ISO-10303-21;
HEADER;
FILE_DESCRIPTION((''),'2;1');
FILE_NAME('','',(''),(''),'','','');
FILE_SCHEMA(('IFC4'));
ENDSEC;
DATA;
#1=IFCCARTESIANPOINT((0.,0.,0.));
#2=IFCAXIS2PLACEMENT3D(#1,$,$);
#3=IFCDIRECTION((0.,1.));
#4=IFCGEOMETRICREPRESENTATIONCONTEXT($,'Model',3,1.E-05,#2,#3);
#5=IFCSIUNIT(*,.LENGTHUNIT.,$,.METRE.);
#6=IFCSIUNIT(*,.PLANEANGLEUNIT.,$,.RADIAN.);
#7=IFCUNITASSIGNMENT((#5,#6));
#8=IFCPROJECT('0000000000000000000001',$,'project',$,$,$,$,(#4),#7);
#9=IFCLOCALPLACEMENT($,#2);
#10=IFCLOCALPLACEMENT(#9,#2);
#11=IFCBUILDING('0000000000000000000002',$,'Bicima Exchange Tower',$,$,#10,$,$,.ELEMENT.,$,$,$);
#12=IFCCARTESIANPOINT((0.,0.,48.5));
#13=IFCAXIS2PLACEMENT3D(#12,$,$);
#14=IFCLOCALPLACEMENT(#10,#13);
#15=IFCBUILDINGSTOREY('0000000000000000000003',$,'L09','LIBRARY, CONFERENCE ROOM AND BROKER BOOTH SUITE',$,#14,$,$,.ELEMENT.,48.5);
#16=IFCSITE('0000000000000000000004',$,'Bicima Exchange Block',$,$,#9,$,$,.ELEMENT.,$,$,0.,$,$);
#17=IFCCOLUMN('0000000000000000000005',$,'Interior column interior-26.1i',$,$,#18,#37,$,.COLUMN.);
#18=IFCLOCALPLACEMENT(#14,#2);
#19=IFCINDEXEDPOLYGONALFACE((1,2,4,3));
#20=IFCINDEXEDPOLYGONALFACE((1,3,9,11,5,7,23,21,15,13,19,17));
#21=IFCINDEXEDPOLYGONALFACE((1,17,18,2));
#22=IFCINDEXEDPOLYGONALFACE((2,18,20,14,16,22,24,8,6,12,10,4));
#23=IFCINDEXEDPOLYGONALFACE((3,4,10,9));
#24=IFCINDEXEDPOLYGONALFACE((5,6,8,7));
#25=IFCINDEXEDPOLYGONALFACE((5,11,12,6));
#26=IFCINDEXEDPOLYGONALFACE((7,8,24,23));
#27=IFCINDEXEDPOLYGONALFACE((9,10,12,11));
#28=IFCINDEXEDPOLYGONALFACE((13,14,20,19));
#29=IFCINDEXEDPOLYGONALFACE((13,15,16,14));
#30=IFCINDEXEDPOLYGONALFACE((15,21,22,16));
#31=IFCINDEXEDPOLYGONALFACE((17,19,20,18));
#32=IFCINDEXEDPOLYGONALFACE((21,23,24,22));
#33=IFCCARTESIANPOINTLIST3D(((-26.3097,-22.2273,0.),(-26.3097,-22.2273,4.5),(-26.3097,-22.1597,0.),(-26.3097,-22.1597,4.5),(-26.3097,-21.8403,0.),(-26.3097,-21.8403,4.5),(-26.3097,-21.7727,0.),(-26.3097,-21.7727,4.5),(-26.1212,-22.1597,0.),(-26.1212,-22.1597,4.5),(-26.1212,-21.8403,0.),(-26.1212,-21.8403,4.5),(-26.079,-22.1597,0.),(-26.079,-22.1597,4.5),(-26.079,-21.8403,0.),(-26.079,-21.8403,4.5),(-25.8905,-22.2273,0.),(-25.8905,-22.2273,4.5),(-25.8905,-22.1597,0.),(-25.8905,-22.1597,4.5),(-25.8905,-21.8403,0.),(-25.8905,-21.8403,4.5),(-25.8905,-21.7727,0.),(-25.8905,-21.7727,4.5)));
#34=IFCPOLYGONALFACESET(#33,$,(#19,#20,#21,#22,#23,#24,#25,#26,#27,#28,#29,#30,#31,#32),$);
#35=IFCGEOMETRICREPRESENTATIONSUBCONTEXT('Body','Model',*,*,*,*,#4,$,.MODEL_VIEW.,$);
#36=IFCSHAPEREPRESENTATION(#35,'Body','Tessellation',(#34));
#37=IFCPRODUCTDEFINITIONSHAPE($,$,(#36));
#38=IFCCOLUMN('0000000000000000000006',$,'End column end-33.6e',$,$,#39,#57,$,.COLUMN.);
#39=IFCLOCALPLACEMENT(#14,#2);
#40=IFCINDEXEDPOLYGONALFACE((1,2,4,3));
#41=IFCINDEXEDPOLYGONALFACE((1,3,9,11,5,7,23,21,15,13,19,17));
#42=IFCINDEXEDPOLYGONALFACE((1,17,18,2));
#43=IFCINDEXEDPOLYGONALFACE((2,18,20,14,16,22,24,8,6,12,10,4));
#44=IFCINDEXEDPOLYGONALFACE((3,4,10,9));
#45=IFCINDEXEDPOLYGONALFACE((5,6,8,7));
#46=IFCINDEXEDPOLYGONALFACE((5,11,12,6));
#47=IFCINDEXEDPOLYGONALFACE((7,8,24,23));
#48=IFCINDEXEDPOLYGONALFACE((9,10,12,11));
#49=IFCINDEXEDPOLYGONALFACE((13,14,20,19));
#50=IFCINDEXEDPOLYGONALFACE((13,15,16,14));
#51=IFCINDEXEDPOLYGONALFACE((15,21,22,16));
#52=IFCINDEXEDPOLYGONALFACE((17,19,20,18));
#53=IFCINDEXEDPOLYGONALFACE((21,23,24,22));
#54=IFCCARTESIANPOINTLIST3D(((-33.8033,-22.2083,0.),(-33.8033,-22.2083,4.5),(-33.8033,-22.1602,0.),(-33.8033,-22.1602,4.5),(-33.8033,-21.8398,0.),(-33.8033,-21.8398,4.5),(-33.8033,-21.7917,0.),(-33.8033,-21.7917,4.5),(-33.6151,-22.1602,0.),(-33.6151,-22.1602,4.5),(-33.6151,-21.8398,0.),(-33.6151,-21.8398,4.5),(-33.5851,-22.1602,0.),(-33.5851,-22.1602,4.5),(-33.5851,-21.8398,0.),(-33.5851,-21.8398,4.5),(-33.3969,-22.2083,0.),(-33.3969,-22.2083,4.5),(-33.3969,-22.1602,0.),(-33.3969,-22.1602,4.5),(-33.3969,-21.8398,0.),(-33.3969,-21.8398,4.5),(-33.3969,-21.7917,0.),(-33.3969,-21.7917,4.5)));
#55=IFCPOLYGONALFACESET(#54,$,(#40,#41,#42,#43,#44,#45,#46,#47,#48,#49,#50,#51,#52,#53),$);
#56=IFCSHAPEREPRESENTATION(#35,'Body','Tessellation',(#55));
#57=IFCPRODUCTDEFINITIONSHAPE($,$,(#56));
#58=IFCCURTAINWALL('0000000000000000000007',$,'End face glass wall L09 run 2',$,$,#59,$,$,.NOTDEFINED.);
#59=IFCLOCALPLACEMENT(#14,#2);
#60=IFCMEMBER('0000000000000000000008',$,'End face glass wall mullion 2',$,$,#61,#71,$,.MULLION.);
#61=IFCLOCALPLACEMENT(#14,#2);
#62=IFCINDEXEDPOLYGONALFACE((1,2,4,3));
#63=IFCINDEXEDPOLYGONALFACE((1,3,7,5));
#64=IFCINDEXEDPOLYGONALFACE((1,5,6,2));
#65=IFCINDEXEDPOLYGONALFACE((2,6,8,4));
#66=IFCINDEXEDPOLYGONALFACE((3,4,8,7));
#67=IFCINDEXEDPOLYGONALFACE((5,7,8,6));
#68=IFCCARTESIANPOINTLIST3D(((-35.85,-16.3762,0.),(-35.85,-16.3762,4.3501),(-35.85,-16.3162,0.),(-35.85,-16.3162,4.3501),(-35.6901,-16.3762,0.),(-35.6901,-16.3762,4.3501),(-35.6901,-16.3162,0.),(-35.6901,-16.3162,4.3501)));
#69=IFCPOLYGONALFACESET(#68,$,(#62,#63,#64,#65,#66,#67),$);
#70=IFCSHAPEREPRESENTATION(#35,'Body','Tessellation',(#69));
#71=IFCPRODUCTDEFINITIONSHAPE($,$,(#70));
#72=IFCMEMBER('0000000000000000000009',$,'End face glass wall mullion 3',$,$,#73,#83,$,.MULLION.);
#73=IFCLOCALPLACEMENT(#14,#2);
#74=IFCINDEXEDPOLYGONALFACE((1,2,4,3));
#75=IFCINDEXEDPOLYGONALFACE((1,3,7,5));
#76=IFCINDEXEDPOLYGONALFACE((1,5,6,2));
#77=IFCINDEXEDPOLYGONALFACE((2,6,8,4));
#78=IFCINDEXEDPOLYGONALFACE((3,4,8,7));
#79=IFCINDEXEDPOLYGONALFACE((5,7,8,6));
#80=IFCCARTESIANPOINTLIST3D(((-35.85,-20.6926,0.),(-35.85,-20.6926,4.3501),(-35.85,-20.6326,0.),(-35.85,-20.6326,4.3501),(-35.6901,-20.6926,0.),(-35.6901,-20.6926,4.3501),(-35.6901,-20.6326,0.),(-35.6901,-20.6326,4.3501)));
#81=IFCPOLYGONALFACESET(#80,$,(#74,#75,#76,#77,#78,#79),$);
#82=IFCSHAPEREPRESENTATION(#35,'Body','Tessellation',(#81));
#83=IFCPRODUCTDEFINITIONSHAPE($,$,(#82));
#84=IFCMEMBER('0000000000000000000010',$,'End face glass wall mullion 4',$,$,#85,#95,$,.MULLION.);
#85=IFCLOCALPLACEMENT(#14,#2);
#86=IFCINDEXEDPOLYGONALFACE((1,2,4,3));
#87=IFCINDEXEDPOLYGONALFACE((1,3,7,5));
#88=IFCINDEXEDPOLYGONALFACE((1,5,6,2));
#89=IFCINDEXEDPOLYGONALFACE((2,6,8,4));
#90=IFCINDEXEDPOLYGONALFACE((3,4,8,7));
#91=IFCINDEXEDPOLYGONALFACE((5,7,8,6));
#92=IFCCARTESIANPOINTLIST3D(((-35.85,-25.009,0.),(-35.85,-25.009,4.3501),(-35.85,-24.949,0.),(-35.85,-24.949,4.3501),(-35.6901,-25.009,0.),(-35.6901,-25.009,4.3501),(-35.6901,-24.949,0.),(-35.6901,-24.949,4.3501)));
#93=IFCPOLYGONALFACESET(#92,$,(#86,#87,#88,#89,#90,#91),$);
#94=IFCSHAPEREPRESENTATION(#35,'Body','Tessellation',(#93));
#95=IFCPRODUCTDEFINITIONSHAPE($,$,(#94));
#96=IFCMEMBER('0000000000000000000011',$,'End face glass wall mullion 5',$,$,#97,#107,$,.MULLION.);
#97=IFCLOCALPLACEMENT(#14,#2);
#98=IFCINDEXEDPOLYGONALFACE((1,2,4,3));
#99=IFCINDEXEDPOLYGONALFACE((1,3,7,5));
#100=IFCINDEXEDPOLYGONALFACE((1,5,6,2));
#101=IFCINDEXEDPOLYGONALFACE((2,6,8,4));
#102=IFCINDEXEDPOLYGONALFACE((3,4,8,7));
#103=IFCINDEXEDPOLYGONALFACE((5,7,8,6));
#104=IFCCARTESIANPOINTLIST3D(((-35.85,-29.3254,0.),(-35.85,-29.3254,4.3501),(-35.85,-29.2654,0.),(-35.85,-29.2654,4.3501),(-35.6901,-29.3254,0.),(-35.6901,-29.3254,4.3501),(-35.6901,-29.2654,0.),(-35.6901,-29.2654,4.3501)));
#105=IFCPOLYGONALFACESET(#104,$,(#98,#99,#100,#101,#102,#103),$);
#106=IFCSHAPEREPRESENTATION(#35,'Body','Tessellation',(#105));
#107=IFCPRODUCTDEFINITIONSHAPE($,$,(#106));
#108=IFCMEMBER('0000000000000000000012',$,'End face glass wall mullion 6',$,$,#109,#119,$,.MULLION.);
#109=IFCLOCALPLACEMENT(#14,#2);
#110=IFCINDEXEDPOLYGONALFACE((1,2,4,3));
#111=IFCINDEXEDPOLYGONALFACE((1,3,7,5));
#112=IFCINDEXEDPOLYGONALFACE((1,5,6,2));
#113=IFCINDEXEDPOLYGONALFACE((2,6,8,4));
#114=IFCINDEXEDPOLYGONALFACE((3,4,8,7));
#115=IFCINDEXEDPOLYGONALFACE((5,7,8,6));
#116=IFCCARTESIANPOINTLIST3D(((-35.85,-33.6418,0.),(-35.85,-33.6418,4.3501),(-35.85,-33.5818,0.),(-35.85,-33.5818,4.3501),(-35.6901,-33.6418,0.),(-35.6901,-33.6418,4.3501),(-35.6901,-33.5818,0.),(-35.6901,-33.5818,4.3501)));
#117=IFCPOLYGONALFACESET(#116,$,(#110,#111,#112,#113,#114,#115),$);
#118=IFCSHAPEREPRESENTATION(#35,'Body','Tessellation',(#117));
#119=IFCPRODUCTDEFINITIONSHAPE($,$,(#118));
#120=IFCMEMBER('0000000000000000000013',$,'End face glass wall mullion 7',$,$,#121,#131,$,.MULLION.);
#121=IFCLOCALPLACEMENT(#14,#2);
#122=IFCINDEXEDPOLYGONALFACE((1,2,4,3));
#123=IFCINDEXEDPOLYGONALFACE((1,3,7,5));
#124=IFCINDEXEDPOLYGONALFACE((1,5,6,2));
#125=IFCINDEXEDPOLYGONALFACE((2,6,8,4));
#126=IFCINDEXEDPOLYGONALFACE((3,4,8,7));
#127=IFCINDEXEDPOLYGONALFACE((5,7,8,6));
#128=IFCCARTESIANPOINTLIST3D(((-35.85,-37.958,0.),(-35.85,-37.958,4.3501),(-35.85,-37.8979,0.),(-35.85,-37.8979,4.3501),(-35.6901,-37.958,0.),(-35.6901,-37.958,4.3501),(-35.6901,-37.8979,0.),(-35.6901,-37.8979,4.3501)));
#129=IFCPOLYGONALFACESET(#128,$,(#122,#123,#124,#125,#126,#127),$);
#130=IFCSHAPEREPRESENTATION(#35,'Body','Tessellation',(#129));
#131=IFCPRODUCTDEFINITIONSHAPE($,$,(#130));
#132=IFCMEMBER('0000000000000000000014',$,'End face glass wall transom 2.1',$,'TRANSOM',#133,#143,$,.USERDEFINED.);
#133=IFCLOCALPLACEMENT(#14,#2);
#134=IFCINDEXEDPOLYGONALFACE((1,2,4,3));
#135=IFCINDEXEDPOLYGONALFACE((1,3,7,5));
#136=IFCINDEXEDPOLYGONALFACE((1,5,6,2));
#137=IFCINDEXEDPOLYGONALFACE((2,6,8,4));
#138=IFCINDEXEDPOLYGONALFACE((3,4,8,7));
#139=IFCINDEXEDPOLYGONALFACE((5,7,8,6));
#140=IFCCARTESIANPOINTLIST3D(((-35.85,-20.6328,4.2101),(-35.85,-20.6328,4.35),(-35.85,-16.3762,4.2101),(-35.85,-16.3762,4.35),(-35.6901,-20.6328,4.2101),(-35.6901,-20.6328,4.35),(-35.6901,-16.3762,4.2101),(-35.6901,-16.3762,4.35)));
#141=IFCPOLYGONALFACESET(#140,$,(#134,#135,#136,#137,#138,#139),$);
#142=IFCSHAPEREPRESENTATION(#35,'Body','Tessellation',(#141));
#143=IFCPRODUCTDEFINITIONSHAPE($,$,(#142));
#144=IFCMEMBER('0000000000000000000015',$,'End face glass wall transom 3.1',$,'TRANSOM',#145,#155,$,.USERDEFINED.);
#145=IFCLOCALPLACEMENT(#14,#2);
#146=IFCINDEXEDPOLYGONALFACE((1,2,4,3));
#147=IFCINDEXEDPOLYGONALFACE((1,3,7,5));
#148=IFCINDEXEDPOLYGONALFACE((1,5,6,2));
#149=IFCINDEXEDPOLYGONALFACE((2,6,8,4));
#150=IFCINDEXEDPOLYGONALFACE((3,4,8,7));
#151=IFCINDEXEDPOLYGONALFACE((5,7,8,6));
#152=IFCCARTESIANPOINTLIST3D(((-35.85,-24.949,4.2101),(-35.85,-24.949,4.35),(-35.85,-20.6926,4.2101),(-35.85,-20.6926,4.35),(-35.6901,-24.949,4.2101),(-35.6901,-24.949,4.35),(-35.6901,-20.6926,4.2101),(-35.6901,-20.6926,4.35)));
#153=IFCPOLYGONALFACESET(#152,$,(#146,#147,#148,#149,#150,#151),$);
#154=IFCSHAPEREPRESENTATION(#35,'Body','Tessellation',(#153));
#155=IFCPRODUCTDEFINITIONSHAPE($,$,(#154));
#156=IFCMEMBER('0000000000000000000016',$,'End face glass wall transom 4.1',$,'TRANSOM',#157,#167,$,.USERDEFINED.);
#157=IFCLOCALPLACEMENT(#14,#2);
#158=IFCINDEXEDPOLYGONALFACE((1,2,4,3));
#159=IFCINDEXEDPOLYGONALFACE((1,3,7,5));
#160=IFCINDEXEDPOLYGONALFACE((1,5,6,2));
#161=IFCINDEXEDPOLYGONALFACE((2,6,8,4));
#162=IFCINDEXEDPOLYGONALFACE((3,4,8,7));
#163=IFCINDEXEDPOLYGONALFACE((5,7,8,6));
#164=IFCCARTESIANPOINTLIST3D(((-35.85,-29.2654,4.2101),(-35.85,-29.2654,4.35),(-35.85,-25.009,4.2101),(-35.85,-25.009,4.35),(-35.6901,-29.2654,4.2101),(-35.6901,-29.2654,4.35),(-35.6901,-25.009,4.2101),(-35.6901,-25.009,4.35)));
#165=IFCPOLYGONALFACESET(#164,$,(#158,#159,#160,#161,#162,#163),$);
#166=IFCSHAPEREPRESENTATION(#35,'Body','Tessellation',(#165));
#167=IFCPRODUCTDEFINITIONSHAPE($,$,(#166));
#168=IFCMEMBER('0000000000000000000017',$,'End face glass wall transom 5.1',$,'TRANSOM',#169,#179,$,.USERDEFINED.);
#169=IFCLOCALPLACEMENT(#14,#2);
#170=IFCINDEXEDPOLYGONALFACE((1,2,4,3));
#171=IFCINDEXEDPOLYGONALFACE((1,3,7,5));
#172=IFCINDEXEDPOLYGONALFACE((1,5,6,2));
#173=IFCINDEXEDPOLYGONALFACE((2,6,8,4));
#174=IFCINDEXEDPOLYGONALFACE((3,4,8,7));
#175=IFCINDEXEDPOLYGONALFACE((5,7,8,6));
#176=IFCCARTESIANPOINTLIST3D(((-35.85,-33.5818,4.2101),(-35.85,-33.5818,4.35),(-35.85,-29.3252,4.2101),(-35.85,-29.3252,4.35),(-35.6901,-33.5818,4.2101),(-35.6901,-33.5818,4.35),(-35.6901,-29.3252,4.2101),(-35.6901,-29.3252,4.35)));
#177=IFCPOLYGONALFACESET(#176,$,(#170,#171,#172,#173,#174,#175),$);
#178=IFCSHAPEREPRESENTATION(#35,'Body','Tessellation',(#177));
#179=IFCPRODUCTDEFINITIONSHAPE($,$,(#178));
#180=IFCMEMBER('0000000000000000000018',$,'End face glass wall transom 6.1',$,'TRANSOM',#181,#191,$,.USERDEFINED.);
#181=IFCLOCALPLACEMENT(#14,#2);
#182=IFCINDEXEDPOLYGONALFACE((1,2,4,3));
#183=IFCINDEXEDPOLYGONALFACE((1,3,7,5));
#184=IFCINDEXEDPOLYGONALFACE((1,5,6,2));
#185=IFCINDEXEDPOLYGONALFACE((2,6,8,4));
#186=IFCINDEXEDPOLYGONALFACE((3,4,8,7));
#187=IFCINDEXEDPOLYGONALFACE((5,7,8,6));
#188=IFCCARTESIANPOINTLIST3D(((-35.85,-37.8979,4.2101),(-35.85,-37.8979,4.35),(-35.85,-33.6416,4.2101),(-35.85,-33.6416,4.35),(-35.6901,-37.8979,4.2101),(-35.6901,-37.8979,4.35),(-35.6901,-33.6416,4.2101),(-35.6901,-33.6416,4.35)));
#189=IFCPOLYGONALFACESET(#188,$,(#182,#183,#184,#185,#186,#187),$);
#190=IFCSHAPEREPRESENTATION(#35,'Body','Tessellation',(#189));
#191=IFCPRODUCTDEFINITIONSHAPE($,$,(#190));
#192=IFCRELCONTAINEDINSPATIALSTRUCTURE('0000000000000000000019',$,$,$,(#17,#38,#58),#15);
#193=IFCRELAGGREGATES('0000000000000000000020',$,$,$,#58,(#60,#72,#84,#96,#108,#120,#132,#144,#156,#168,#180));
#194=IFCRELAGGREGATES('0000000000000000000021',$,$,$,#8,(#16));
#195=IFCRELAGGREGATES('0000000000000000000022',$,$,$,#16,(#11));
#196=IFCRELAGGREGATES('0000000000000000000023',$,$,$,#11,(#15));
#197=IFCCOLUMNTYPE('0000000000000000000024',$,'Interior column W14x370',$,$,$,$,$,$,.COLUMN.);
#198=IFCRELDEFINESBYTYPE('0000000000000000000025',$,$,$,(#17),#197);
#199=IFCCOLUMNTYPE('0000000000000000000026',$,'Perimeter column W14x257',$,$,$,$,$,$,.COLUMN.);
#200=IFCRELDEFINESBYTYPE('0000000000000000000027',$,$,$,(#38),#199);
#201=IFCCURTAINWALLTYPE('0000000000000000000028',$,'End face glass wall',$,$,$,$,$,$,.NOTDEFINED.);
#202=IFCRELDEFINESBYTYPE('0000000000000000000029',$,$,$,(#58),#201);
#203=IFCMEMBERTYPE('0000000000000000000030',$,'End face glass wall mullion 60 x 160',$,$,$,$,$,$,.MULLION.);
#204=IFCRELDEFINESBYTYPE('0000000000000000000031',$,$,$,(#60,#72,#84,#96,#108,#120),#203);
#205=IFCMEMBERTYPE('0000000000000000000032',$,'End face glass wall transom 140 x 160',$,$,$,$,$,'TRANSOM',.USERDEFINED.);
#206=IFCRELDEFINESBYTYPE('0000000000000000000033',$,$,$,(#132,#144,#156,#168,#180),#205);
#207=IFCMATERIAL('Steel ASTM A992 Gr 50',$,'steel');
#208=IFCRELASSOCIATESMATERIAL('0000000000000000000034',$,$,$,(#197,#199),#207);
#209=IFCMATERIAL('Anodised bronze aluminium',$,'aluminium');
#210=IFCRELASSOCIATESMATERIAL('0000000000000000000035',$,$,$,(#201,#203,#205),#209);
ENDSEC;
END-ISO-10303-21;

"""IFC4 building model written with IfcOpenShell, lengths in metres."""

from ifc_helpers import new_model, si_unit, direction, frame, origin, origin_2d, place, context, subcontext, project, spatial, rectangle, i_section, extrude, material, material_profile, profile_set, type_object, element, aggregate, save


model = new_model("IFC4")

# Units and contexts
model_context = context("Model", 3, precision=1e-05, world=origin(), true_north=direction((0.0, 1.0)))
body_context = subcontext(model_context, "Body", "Model", "MODEL_VIEW")
ifc_project = project(units=[si_unit("LENGTHUNIT", "METRE"), si_unit("PLANEANGLEUNIT", "RADIAN")], contexts=[model_context])

# Site, building, storey
site_placement = place(None, origin())
site = spatial("IfcSite", under=ifc_project, at=site_placement, Name="Bicima Exchange Block", CompositionType="ELEMENT", RefElevation=0.0)
building_placement = place(site_placement, origin())
building = spatial("IfcBuilding", under=site, at=building_placement, Name="Bicima Exchange Tower", CompositionType="ELEMENT")
storey_placement = place(building_placement, frame((0.0, 0.0, 48.5)))
storey = spatial("IfcBuildingStorey", under=building, at=storey_placement, Name="L09", Description="LIBRARY, CONFERENCE ROOM AND BROKER BOOTH SUITE", CompositionType="ELEMENT", Elevation=48.5)

# Columns
ifc_material_1 = material(Name="Steel ASTM A992 Gr 50", Category="steel")
ifc_material_profile_1 = material_profile(ifc_material_1, i_section(OverallWidth=0.4192, OverallDepth=0.4546, WebThickness=0.0422, FlangeThickness=0.0676, at=origin_2d()))
ifc_profile_set_1 = profile_set([ifc_material_profile_1], Name="Steel ASTM A992 Gr 50")
column_type_1 = type_object("IfcColumnType", Name="Interior column W14x370", PredefinedType="COLUMN", material=ifc_profile_set_1)
column_1_placement = place(storey_placement, frame((-26.1001, -22.0, 0.0), z_axis=(0.0, 0.0, 1.0), x_axis=(1.0, 0.0, 0.0)))
element("IfcColumn", 1, at=column_1_placement, inside=storey, type_object=column_type_1, Name="Interior column interior-26.1i", PredefinedType="COLUMN", context=body_context, shape_type="SweptSolid", body=[
    extrude(i_section(OverallWidth=0.4192, OverallDepth=0.4546, WebThickness=0.0422, FlangeThickness=0.0676, at=origin_2d()), origin(), (0.0, 0.0, 1.0), 4.5),
])
ifc_material_profile_2 = material_profile(ifc_material_1, i_section(OverallWidth=0.4065, OverallDepth=0.4165, WebThickness=0.03, FlangeThickness=0.0481, at=origin_2d()))
ifc_profile_set_2 = profile_set([ifc_material_profile_2], Name="Steel ASTM A992 Gr 50")
column_type_2 = type_object("IfcColumnType", Name="Perimeter column W14x257", PredefinedType="COLUMN", material=ifc_profile_set_2)
column_2_placement = place(storey_placement, frame((-33.6001, -22.0, 0.0), z_axis=(0.0, 0.0, 1.0), x_axis=(1.0, 0.0, 0.0)))
element("IfcColumn", 2, at=column_2_placement, inside=storey, type_object=column_type_2, Name="End column end-33.6e", PredefinedType="COLUMN", context=body_context, shape_type="SweptSolid", body=[
    extrude(i_section(OverallWidth=0.4065, OverallDepth=0.4165, WebThickness=0.03, FlangeThickness=0.0481, at=origin_2d()), origin(), (0.0, 0.0, 1.0), 4.5),
])

# Curtain wall, members
ifc_material_2 = material(Name="Anodised bronze aluminium", Category="aluminium")
curtain_wall_type = type_object("IfcCurtainWallType", Name="End face glass wall", PredefinedType="NOTDEFINED", material=ifc_material_2)
curtain_wall_placement = place(storey_placement, origin())
curtain_wall = element("IfcCurtainWall", 3, at=curtain_wall_placement, inside=storey, type_object=curtain_wall_type, Name="End face glass wall L09 run 2", PredefinedType="NOTDEFINED")
ifc_material_profile_3 = material_profile(ifc_material_2, rectangle(XDim=0.1599, YDim=0.0601, at=origin_2d()))
ifc_profile_set_3 = profile_set([ifc_material_profile_3], Name="Anodised bronze aluminium")
member_type_1 = type_object("IfcMemberType", Name="End face glass wall mullion 60 x 160", PredefinedType="MULLION", material=ifc_profile_set_3)
member_1_placement = place(storey_placement, frame((-35.77, -16.3462, 0.0), z_axis=(0.0, 0.0, 1.0), x_axis=(1.0, 0.0, 0.0)))
member_1 = element("IfcMember", 4, at=member_1_placement, type_object=member_type_1, Name="End face glass wall mullion 2", PredefinedType="MULLION", context=body_context, shape_type="SweptSolid", body=[
    extrude(rectangle(XDim=0.1599, YDim=0.0601, at=origin_2d()), origin(), (0.0, 0.0, 1.0), 4.3501),
])
member_2_placement = place(storey_placement, frame((-35.77, -20.6626, 0.0), z_axis=(0.0, 0.0, 1.0), x_axis=(1.0, 0.0, 0.0)))
member_2 = element("IfcMember", 5, at=member_2_placement, type_object=member_type_1, Name="End face glass wall mullion 3", PredefinedType="MULLION", context=body_context, shape_type="SweptSolid", body=[
    extrude(rectangle(XDim=0.1599, YDim=0.0601, at=origin_2d()), origin(), (0.0, 0.0, 1.0), 4.3501),
])
member_3_placement = place(storey_placement, frame((-35.77, -24.979, 0.0), z_axis=(0.0, 0.0, 1.0), x_axis=(1.0, 0.0, 0.0)))
member_3 = element("IfcMember", 6, at=member_3_placement, type_object=member_type_1, Name="End face glass wall mullion 4", PredefinedType="MULLION", context=body_context, shape_type="SweptSolid", body=[
    extrude(rectangle(XDim=0.1599, YDim=0.0601, at=origin_2d()), origin(), (0.0, 0.0, 1.0), 4.3501),
])
member_4_placement = place(storey_placement, frame((-35.77, -29.2954, 0.0), z_axis=(0.0, 0.0, 1.0), x_axis=(1.0, 0.0, 0.0)))
member_4 = element("IfcMember", 7, at=member_4_placement, type_object=member_type_1, Name="End face glass wall mullion 5", PredefinedType="MULLION", context=body_context, shape_type="SweptSolid", body=[
    extrude(rectangle(XDim=0.1599, YDim=0.0601, at=origin_2d()), origin(), (0.0, 0.0, 1.0), 4.3501),
])
member_5_placement = place(storey_placement, frame((-35.77, -33.6118, 0.0), z_axis=(0.0, 0.0, 1.0), x_axis=(1.0, 0.0, 0.0)))
member_5 = element("IfcMember", 8, at=member_5_placement, type_object=member_type_1, Name="End face glass wall mullion 6", PredefinedType="MULLION", context=body_context, shape_type="SweptSolid", body=[
    extrude(rectangle(XDim=0.1599, YDim=0.0601, at=origin_2d()), origin(), (0.0, 0.0, 1.0), 4.3501),
])
member_6_placement = place(storey_placement, frame((-35.77, -37.928, 0.0), z_axis=(0.0, 0.0, 1.0), x_axis=(1.0, 0.0, 0.0)))
member_6 = element("IfcMember", 9, at=member_6_placement, type_object=member_type_1, Name="End face glass wall mullion 7", PredefinedType="MULLION", context=body_context, shape_type="SweptSolid", body=[
    extrude(rectangle(XDim=0.1599, YDim=0.0601, at=origin_2d()), origin(), (0.0, 0.0, 1.0), 4.3501),
])
ifc_material_profile_4 = material_profile(ifc_material_2, rectangle(XDim=0.1599, YDim=0.1399, at=origin_2d()))
ifc_profile_set_4 = profile_set([ifc_material_profile_4], Name="Anodised bronze aluminium")
member_type_2 = type_object("IfcMemberType", Name="End face glass wall transom 140 x 160", ElementType="TRANSOM", PredefinedType="USERDEFINED", material=ifc_profile_set_4)
member_7_placement = place(storey_placement, frame((-35.77, -16.3762, 4.28), z_axis=(0.0, -1.0, 0.0), x_axis=(1.0, 0.0, 0.0)))
member_7 = element("IfcMember", 10, at=member_7_placement, type_object=member_type_2, Name="End face glass wall transom 2.1", ObjectType="TRANSOM", PredefinedType="USERDEFINED", context=body_context, shape_type="SweptSolid", body=[
    extrude(rectangle(XDim=0.1599, YDim=0.1399, at=origin_2d()), origin(), (0.0, 0.0, 1.0), 4.2566),
])
member_8_placement = place(storey_placement, frame((-35.77, -20.6926, 4.28), z_axis=(0.0, -1.0, 0.0), x_axis=(1.0, 0.0, 0.0)))
member_8 = element("IfcMember", 11, at=member_8_placement, type_object=member_type_2, Name="End face glass wall transom 3.1", ObjectType="TRANSOM", PredefinedType="USERDEFINED", context=body_context, shape_type="SweptSolid", body=[
    extrude(rectangle(XDim=0.1599, YDim=0.1399, at=origin_2d()), origin(), (0.0, 0.0, 1.0), 4.2563),
])
member_9_placement = place(storey_placement, frame((-35.77, -25.009, 4.28), z_axis=(0.0, -1.0, 0.0), x_axis=(1.0, 0.0, 0.0)))
member_9 = element("IfcMember", 12, at=member_9_placement, type_object=member_type_2, Name="End face glass wall transom 4.1", ObjectType="TRANSOM", PredefinedType="USERDEFINED", context=body_context, shape_type="SweptSolid", body=[
    extrude(rectangle(XDim=0.1599, YDim=0.1399, at=origin_2d()), origin(), (0.0, 0.0, 1.0), 4.2563),
])
member_10_placement = place(storey_placement, frame((-35.77, -29.3252, 4.28), z_axis=(0.0, -1.0, 0.0), x_axis=(1.0, 0.0, 0.0)))
member_10 = element("IfcMember", 13, at=member_10_placement, type_object=member_type_2, Name="End face glass wall transom 5.1", ObjectType="TRANSOM", PredefinedType="USERDEFINED", context=body_context, shape_type="SweptSolid", body=[
    extrude(rectangle(XDim=0.1599, YDim=0.1399, at=origin_2d()), origin(), (0.0, 0.0, 1.0), 4.2566),
])
member_11_placement = place(storey_placement, frame((-35.77, -33.6416, 4.28), z_axis=(0.0, -1.0, 0.0), x_axis=(1.0, 0.0, 0.0)))
member_11 = element("IfcMember", 14, at=member_11_placement, type_object=member_type_2, Name="End face glass wall transom 6.1", ObjectType="TRANSOM", PredefinedType="USERDEFINED", context=body_context, shape_type="SweptSolid", body=[
    extrude(rectangle(XDim=0.1599, YDim=0.1399, at=origin_2d()), origin(), (0.0, 0.0, 1.0), 4.2563),
])

aggregate(curtain_wall, [member_1, member_2, member_3, member_4, member_5, member_6, member_7, member_8, member_9, member_10, member_11])

save(model, "model.ifc")
